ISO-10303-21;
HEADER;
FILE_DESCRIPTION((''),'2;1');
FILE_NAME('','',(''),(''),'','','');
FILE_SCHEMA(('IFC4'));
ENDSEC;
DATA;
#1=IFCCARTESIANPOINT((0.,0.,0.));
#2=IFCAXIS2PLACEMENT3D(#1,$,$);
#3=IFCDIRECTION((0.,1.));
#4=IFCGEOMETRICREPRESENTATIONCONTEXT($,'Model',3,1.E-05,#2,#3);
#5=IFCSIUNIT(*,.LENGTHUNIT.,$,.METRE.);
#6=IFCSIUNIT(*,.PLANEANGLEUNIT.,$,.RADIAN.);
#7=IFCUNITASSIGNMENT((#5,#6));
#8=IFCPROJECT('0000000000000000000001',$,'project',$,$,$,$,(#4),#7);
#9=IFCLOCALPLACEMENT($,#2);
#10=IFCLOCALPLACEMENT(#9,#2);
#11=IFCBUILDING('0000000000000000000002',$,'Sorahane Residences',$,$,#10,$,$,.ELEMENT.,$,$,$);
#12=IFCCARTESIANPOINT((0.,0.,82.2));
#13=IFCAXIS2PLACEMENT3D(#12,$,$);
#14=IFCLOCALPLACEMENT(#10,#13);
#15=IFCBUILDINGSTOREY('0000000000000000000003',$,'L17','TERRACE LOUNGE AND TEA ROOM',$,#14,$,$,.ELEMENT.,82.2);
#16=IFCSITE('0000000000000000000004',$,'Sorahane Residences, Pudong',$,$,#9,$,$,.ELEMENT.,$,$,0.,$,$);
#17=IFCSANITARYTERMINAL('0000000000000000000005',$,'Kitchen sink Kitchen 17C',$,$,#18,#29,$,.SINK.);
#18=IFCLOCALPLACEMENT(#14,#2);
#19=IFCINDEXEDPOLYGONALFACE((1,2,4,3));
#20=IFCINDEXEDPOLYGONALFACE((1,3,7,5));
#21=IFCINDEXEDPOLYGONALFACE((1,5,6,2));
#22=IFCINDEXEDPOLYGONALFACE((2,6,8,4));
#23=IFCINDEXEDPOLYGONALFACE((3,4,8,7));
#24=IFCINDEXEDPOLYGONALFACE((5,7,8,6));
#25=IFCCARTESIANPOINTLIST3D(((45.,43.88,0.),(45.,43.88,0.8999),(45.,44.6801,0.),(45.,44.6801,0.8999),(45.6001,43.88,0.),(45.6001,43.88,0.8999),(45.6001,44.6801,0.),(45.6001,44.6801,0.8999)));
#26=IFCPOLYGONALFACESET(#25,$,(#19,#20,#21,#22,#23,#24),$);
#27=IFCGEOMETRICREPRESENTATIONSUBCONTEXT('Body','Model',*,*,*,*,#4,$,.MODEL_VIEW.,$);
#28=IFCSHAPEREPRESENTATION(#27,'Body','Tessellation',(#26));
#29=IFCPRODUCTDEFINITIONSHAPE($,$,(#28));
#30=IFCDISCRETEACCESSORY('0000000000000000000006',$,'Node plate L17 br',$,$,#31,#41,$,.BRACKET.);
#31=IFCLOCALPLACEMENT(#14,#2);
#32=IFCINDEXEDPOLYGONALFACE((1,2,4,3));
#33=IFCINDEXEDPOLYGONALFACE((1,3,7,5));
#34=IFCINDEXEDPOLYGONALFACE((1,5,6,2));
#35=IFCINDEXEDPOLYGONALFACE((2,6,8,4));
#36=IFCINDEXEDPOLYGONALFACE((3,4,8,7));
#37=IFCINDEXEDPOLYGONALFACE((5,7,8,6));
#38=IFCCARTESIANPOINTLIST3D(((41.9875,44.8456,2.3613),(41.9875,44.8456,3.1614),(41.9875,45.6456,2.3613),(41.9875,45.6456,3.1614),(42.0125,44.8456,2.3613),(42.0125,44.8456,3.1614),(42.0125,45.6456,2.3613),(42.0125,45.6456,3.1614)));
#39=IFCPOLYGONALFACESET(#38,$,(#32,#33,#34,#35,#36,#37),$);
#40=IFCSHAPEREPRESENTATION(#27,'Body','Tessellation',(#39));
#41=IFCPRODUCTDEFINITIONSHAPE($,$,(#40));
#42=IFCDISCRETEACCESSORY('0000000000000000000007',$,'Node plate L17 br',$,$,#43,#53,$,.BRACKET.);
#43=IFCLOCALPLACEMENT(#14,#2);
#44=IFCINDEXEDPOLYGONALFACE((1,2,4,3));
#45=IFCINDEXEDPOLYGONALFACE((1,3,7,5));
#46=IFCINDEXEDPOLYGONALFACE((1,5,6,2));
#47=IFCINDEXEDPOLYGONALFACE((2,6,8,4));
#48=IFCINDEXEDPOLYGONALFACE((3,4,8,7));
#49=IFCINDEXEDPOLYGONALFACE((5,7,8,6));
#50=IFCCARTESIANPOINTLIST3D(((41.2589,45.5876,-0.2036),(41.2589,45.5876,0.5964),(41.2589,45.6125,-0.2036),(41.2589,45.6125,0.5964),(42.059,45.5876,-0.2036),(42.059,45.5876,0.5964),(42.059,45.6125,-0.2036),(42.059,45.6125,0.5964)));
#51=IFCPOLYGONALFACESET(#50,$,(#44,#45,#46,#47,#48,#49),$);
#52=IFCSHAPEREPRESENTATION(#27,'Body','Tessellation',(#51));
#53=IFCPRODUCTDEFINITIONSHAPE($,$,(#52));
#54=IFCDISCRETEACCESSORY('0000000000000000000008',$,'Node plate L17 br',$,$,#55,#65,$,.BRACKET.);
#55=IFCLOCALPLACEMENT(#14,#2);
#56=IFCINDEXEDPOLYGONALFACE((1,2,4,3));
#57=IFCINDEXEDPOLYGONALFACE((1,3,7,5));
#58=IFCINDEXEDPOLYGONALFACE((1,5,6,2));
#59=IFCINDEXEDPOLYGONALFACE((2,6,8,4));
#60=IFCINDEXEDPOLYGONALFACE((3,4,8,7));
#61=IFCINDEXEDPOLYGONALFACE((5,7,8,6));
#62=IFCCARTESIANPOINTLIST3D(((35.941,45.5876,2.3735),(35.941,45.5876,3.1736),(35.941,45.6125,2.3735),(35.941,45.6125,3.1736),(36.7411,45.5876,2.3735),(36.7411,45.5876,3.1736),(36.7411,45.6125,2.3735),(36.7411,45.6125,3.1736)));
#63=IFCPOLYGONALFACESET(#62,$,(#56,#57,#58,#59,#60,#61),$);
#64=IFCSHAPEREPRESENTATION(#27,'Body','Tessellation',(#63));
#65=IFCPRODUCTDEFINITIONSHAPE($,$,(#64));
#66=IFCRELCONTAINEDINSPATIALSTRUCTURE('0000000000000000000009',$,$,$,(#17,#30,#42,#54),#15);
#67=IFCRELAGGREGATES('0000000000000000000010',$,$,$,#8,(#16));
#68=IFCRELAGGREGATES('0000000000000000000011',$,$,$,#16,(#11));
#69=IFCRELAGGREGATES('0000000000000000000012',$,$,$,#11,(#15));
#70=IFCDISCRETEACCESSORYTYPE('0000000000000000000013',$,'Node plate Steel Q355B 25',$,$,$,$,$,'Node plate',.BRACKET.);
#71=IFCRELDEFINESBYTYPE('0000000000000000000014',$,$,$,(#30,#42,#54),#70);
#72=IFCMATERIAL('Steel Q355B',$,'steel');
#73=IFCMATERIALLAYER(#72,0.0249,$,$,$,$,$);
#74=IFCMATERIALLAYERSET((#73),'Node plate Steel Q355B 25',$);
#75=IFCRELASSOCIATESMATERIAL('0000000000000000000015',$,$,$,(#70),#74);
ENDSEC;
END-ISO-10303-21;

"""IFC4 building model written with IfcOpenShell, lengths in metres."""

from ifc_helpers import new_model, si_unit, direction, frame, origin, origin_2d, place, context, subcontext, project, spatial, rectangle, extrude, material, layer, layer_set, type_object, element, save


model = new_model("IFC4")

# Units and contexts
model_context = context("Model", 3, precision=1e-05, world=origin(), true_north=direction((0.0, 1.0)))
body_context = subcontext(model_context, "Body", "Model", "MODEL_VIEW")
ifc_project = project(units=[si_unit("LENGTHUNIT", "METRE"), si_unit("PLANEANGLEUNIT", "RADIAN")], contexts=[model_context])

# Site, building, storey
site_placement = place(None, origin())
site = spatial("IfcSite", under=ifc_project, at=site_placement, Name="Sorahane Residences, Pudong", CompositionType="ELEMENT", RefElevation=0.0)
building_placement = place(site_placement, origin())
building = spatial("IfcBuilding", under=site, at=building_placement, Name="Sorahane Residences", CompositionType="ELEMENT")
storey_placement = place(building_placement, frame((0.0, 0.0, 82.2)))
storey = spatial("IfcBuildingStorey", under=building, at=storey_placement, Name="L17", Description="TERRACE LOUNGE AND TEA ROOM", CompositionType="ELEMENT", Elevation=82.2)

# Sanitary terminal
sanitary_terminal_placement = place(storey_placement, frame((45.3, 44.28, 0.0), z_axis=(0.0, 0.0, 1.0), x_axis=(0.0, 1.0, 0.0)))
element("IfcSanitaryTerminal", 1, at=sanitary_terminal_placement, inside=storey, Name="Kitchen sink Kitchen 17C", PredefinedType="SINK", context=body_context, shape_type="SweptSolid", body=[
    extrude(rectangle(XDim=0.8, YDim=0.6001, at=origin_2d()), origin(), (0.0, 0.0, 1.0), 0.8999),
])

# Discrete accessories
ifc_material_1 = material(Name="Steel Q355B", Category="steel")
ifc_layer_1 = layer(ifc_material_1, 0.0249)
ifc_layer_set_1 = layer_set([ifc_layer_1], Name="Node plate Steel Q355B 25")
discrete_accessory_type = type_object("IfcDiscreteAccessoryType", Name="Node plate Steel Q355B 25", ElementType="Node plate", PredefinedType="BRACKET", material=ifc_layer_set_1)
for number, where, z_axis, x_axis, name in (
    (2, (42.0, 45.2456, 2.3613), (0.0, 0.0, 1.0), (0.0, 1.0, 0.0), "Node plate L17 br"),
    (3, (41.6589, 45.6001, -0.2036), (0.0, 0.0, 1.0), (1.0, 0.0, 0.0), "Node plate L17 br"),
    (4, (36.3411, 45.6001, 2.3735), (0.0, 0.0, 1.0), (1.0, 0.0, 0.0), "Node plate L17 br"),
):
    element("IfcDiscreteAccessory", number, at=place(storey_placement, frame(where, z_axis=z_axis, x_axis=x_axis)), inside=storey, type_object=discrete_accessory_type, Name=name, PredefinedType="BRACKET", context=body_context, shape_type="SweptSolid", body=[
        extrude(rectangle(XDim=0.8, YDim=0.0249, at=origin_2d()), origin(), (0.0, 0.0, 1.0), 0.8),
    ])

save(model, "model.ifc")
